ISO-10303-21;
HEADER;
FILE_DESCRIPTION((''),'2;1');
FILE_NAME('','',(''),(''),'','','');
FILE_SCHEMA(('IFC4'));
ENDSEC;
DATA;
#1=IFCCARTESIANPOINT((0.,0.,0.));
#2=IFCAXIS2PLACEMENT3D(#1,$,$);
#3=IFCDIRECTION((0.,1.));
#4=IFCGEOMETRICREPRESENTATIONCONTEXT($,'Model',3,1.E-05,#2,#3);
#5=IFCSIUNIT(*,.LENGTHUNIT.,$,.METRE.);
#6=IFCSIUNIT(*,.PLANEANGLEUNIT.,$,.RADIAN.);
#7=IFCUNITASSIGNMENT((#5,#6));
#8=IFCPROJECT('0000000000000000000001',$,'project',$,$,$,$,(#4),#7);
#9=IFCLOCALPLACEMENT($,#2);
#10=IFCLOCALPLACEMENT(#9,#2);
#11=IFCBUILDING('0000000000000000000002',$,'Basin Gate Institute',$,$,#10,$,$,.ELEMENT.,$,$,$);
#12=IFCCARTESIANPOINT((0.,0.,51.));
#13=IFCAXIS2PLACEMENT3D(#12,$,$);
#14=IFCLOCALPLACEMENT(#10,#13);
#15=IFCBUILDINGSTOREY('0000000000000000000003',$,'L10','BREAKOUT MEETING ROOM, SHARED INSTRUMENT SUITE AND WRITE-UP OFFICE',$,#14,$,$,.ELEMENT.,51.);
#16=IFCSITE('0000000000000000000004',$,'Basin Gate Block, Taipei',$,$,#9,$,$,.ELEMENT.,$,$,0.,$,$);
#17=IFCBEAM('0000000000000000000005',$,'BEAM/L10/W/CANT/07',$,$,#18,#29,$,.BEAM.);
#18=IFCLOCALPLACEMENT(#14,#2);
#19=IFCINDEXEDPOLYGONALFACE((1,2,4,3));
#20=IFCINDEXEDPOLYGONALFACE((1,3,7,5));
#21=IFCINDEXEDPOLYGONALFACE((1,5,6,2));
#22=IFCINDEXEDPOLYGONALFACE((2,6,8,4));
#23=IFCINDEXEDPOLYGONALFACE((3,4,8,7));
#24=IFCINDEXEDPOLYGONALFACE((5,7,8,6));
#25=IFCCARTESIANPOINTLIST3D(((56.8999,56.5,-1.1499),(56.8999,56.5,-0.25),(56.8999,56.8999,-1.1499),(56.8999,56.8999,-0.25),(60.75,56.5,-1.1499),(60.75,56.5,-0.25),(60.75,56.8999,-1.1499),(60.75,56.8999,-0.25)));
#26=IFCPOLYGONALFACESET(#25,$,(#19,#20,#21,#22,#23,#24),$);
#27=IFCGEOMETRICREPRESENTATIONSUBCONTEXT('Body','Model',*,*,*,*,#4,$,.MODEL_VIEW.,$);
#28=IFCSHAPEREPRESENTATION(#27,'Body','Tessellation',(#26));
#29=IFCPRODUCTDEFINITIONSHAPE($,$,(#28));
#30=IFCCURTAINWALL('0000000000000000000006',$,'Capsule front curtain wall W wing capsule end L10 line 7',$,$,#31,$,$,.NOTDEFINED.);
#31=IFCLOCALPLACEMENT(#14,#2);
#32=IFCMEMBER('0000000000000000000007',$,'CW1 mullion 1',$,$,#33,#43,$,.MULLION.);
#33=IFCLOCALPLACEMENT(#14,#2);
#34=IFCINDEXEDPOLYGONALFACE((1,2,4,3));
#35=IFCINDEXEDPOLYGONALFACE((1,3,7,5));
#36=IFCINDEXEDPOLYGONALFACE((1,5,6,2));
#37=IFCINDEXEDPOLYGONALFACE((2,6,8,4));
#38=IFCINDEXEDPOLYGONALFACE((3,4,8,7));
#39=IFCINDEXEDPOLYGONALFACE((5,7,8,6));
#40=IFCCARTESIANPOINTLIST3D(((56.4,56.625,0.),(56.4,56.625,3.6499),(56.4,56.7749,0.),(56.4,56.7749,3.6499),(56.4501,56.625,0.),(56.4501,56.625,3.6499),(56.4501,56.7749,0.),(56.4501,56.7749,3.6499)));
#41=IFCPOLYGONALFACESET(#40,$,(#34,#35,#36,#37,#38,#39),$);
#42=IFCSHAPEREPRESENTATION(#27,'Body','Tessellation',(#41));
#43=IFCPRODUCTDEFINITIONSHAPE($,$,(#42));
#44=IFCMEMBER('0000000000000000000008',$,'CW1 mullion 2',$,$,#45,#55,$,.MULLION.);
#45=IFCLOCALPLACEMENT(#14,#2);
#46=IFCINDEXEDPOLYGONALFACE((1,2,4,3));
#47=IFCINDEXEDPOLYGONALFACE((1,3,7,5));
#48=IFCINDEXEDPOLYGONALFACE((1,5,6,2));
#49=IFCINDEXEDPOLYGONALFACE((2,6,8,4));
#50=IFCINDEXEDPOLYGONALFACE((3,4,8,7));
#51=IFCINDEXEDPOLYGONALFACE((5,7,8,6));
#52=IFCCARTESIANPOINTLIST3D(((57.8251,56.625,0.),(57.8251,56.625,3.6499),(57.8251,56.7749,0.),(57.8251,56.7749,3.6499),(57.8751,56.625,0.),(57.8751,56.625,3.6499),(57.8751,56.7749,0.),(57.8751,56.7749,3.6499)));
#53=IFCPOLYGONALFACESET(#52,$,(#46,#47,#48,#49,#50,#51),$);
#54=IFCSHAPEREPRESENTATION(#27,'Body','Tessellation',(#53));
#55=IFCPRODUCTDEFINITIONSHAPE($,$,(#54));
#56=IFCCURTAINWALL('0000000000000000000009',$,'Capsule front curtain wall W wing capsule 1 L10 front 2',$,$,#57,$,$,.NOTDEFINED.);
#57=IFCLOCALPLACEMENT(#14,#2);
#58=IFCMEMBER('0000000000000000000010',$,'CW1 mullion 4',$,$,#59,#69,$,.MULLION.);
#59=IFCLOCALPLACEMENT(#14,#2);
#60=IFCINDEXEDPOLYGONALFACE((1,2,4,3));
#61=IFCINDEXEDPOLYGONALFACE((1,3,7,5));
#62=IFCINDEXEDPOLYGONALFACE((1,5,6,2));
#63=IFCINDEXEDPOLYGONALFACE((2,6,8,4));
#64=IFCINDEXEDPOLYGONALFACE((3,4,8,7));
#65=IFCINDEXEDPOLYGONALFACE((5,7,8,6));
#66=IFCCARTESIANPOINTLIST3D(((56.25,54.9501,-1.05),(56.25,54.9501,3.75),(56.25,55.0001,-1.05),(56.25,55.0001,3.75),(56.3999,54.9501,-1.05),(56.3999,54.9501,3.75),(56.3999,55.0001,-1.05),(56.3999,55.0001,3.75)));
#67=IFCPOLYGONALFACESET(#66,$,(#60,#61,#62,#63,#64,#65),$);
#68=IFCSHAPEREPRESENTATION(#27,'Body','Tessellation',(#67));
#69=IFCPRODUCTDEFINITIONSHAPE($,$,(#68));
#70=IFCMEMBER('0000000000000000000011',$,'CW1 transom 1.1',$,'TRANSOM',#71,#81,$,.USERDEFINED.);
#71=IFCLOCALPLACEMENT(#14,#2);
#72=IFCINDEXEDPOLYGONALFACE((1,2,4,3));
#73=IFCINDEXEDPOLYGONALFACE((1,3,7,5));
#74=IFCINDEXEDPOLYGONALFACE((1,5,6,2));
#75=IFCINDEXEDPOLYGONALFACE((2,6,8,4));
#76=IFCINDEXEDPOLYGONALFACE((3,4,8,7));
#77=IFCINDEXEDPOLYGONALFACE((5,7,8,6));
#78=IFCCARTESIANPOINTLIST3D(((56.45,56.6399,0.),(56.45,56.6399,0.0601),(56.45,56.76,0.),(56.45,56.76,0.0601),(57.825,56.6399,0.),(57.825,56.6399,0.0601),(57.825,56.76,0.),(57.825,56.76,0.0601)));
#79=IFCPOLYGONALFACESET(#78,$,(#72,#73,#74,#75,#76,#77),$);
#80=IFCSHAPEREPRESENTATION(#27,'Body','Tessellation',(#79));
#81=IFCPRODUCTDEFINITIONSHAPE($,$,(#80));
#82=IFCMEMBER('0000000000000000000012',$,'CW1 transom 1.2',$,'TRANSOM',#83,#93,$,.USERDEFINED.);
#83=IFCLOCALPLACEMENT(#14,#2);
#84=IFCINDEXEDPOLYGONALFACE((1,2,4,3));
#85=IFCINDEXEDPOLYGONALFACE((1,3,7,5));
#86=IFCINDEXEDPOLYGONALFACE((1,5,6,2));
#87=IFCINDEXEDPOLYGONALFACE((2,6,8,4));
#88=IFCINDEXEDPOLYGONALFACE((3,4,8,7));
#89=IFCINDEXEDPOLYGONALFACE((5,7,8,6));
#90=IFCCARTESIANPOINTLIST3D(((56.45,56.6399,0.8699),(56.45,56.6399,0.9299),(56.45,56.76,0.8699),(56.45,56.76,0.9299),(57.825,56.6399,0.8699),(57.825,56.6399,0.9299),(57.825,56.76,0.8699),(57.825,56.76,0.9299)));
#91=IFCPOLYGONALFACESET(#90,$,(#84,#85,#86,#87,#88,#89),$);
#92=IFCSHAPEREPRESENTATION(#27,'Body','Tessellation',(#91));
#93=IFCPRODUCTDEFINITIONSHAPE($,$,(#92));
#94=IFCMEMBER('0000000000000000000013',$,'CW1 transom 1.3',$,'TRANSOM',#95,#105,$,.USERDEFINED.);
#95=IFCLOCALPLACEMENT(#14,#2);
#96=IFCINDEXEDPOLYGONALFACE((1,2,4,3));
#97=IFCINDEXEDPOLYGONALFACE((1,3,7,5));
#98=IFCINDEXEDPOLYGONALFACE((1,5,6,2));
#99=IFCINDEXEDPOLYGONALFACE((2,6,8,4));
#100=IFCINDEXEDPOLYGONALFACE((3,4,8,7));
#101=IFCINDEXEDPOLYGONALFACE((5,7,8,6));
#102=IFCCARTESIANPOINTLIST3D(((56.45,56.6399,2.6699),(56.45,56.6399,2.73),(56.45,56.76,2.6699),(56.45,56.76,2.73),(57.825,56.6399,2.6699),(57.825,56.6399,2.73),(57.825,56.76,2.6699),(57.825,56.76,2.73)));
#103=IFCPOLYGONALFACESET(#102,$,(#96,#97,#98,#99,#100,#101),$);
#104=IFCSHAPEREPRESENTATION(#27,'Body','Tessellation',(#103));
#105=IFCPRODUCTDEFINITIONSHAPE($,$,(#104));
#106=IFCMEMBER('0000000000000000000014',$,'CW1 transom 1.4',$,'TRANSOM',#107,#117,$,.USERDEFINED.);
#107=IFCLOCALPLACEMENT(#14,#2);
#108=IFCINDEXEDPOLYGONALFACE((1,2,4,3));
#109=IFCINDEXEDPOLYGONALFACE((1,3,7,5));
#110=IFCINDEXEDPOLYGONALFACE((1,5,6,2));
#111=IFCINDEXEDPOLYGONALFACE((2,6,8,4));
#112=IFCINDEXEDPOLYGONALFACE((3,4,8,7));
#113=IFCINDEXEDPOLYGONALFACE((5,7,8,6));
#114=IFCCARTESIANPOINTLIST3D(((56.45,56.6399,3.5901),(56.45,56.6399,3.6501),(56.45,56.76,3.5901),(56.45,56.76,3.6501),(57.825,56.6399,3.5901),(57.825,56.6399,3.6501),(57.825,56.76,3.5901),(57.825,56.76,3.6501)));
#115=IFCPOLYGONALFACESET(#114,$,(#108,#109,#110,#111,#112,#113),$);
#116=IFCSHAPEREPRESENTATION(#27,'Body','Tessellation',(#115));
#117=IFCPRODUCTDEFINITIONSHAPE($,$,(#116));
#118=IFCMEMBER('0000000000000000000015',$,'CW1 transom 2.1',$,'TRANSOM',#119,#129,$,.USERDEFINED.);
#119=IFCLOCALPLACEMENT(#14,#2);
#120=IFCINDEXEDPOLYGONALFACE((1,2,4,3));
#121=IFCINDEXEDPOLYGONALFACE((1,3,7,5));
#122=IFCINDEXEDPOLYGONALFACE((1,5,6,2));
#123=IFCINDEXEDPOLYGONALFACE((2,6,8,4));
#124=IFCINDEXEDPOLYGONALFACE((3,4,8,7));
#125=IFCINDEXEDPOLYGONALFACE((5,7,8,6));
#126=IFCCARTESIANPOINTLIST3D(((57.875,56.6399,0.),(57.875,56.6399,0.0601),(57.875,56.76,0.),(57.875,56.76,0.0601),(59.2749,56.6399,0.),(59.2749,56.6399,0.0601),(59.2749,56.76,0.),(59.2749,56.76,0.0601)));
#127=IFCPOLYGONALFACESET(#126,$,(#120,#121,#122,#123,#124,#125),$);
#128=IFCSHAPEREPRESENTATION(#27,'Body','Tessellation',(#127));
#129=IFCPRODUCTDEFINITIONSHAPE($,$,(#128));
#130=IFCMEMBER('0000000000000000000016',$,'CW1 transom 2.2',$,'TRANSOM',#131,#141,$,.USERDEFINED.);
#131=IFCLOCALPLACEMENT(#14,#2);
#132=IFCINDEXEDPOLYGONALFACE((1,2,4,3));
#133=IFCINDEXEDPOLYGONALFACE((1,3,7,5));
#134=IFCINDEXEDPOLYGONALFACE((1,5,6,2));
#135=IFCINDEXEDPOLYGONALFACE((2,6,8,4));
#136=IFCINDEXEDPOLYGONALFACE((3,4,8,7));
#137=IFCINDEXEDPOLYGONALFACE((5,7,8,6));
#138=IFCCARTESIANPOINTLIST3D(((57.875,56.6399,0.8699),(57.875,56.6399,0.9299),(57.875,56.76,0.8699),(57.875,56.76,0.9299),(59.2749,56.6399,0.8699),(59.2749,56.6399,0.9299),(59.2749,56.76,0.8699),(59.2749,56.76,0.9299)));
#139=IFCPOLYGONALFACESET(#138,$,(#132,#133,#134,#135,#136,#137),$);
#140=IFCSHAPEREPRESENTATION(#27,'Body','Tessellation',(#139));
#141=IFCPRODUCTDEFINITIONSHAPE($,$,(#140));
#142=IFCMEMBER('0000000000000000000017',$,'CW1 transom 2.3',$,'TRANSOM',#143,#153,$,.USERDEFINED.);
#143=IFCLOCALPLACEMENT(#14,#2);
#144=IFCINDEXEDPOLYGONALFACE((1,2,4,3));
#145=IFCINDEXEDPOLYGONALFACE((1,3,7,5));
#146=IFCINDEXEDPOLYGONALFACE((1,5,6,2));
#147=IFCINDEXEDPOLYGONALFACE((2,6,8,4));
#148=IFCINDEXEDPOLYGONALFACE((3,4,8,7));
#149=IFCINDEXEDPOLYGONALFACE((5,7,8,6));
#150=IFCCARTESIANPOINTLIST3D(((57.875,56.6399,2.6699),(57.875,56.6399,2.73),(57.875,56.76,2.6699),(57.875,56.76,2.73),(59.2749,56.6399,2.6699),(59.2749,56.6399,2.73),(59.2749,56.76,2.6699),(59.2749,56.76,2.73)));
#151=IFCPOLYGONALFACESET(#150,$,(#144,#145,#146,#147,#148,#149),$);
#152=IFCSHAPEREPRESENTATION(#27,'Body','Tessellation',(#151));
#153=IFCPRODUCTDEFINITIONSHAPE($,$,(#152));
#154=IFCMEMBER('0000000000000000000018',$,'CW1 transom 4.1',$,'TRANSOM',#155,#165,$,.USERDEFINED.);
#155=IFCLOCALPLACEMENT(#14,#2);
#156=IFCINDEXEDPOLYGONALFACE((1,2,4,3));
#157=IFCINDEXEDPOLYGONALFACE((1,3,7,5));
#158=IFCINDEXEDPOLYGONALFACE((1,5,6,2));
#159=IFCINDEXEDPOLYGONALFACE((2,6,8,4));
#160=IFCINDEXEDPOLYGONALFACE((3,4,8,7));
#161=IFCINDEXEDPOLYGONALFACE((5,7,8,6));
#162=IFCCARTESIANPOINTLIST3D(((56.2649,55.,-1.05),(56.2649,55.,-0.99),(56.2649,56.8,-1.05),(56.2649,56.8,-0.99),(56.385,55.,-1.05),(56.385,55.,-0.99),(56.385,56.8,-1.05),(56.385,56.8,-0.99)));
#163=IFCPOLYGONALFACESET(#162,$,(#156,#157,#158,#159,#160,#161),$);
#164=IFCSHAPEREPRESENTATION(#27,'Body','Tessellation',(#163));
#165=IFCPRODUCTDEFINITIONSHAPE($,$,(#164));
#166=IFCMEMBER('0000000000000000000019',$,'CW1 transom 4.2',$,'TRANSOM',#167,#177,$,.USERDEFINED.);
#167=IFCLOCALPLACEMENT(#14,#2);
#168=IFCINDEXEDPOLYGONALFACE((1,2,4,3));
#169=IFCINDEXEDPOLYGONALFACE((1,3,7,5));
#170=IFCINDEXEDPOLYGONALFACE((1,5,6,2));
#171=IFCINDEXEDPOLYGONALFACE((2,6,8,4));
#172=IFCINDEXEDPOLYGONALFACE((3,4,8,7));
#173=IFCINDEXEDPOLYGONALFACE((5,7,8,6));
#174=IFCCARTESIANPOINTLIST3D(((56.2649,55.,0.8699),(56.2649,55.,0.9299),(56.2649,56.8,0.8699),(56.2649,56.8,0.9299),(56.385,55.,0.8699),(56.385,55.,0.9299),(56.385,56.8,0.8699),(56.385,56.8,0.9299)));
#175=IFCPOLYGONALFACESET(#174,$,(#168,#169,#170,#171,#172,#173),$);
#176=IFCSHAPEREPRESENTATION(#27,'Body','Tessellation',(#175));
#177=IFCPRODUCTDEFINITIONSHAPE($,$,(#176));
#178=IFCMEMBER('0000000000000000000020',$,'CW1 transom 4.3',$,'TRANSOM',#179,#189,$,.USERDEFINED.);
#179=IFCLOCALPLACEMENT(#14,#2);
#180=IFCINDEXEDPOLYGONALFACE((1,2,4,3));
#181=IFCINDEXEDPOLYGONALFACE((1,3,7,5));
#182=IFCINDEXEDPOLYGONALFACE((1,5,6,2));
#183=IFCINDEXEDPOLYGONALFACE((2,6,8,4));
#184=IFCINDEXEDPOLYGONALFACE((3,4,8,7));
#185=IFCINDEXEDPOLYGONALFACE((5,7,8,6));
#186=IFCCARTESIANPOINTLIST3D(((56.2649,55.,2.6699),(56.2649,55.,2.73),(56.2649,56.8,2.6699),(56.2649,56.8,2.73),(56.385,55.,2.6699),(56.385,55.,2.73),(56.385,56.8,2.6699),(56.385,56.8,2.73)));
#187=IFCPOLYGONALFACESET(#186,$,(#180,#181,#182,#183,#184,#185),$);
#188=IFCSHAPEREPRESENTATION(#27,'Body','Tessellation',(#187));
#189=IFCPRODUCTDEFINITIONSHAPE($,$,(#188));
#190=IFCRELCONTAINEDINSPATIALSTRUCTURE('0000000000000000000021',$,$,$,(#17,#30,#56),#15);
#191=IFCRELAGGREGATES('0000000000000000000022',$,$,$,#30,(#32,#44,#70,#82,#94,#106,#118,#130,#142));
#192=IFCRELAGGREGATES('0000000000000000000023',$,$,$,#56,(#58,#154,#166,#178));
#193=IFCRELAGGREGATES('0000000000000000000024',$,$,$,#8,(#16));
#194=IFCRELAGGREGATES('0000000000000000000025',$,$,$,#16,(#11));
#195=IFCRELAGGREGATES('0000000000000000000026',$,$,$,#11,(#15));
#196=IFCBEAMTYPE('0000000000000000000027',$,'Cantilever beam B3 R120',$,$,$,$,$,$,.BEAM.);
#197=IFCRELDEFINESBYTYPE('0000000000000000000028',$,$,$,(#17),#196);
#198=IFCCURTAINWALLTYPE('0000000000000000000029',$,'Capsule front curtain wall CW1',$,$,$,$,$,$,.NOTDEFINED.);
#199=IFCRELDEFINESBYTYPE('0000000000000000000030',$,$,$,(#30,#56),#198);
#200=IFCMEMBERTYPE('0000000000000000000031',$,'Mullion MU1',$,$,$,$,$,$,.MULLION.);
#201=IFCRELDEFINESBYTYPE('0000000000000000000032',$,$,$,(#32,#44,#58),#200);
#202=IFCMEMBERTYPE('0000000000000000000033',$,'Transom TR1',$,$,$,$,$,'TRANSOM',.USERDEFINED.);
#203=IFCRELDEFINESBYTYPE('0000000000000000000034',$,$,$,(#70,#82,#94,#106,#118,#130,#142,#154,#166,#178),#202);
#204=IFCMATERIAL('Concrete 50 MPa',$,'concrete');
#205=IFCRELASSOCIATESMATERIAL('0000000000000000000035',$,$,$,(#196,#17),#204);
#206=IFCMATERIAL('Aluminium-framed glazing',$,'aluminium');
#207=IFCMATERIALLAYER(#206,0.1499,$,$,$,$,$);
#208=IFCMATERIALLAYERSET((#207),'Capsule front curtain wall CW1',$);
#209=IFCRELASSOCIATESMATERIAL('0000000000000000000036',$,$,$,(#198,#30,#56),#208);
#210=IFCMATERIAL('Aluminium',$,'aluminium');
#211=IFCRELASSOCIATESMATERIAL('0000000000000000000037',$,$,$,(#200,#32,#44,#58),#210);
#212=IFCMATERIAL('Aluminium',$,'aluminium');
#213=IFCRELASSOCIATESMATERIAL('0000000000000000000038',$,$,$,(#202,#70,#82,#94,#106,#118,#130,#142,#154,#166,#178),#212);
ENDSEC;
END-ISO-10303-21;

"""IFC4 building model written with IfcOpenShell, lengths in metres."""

from ifc_helpers import new_model, si_unit, direction, frame, origin, origin_2d, place, context, subcontext, project, spatial, rectangle, extrude, material, layer, layer_set, material_profile, profile_set, type_object, element, aggregate, save


model = new_model("IFC4")

# Units and contexts
model_context = context("Model", 3, precision=1e-05, world=origin(), true_north=direction((0.0, 1.0)))
body_context = subcontext(model_context, "Body", "Model", "MODEL_VIEW")
ifc_project = project(units=[si_unit("LENGTHUNIT", "METRE"), si_unit("PLANEANGLEUNIT", "RADIAN")], contexts=[model_context])

# Site, building, storey
site_placement = place(None, origin())
site = spatial("IfcSite", under=ifc_project, at=site_placement, Name="Basin Gate Block, Taipei", CompositionType="ELEMENT", RefElevation=0.0)
building_placement = place(site_placement, origin())
building = spatial("IfcBuilding", under=site, at=building_placement, Name="Basin Gate Institute", CompositionType="ELEMENT")
storey_placement = place(building_placement, frame((0.0, 0.0, 51.0)))
storey = spatial("IfcBuildingStorey", under=building, at=storey_placement, Name="L10", Description="BREAKOUT MEETING ROOM, SHARED INSTRUMENT SUITE AND WRITE-UP OFFICE", CompositionType="ELEMENT", Elevation=51.0)

# Beam
ifc_material_1 = material(Name="Concrete 50 MPa", Category="concrete")
ifc_material_profile_1 = material_profile(ifc_material_1, rectangle(XDim=0.3999, YDim=0.8999, at=origin_2d()), Name="Cantilever beam B3 400 x 900")
ifc_profile_set_1 = profile_set([ifc_material_profile_1], Name="Concrete 50 MPa")
beam_type = type_object("IfcBeamType", Name="Cantilever beam B3 R120", PredefinedType="BEAM", material=ifc_profile_set_1)
beam_placement = place(storey_placement, frame((56.8999, 56.7, -0.7), z_axis=(1.0, 0.0, 0.0), x_axis=(0.0, 1.0, 0.0)))
element("IfcBeam", 1, at=beam_placement, inside=storey, type_object=beam_type, material=ifc_profile_set_1, Name="BEAM/L10/W/CANT/07", PredefinedType="BEAM", context=body_context, shape_type="SweptSolid", body=[
    extrude(rectangle(XDim=0.3999, YDim=0.8999, at=origin_2d()), origin(), (0.0, 0.0, 1.0), 3.8501),
])

# Curtain wall, members
ifc_material_2 = material(Name="Aluminium-framed glazing", Category="aluminium")
ifc_layer_1 = layer(ifc_material_2, 0.1499)
ifc_layer_set_1 = layer_set([ifc_layer_1], Name="Capsule front curtain wall CW1")
curtain_wall_type = type_object("IfcCurtainWallType", Name="Capsule front curtain wall CW1", PredefinedType="NOTDEFINED", material=ifc_layer_set_1)
curtain_wall_1_placement = place(storey_placement, origin())
curtain_wall_1 = element("IfcCurtainWall", 2, at=curtain_wall_1_placement, inside=storey, type_object=curtain_wall_type, material=ifc_layer_set_1, Name="Capsule front curtain wall W wing capsule end L10 line 7", PredefinedType="NOTDEFINED")
ifc_material_3 = material(Name="Aluminium", Category="aluminium")
ifc_material_profile_2 = material_profile(ifc_material_3, rectangle(XDim=0.1499, YDim=0.05, at=origin_2d()), Name="Mullion MU1 150 x 50")
ifc_profile_set_2 = profile_set([ifc_material_profile_2], Name="Aluminium")
member_type_1 = type_object("IfcMemberType", Name="Mullion MU1", PredefinedType="MULLION", material=ifc_profile_set_2)
member_1_placement = place(storey_placement, frame((56.425, 56.7, 0.0), z_axis=(0.0, 0.0, 1.0), x_axis=(0.0, 1.0, 0.0)))
member_1 = element("IfcMember", 3, at=member_1_placement, type_object=member_type_1, material=ifc_profile_set_2, Name="CW1 mullion 1", PredefinedType="MULLION", context=body_context, shape_type="SweptSolid", body=[
    extrude(rectangle(XDim=0.1499, YDim=0.05, at=origin_2d()), origin(), (0.0, 0.0, 1.0), 3.6499),
])
member_2_placement = place(storey_placement, frame((57.8501, 56.7, 0.0), z_axis=(0.0, 0.0, 1.0), x_axis=(0.0, 1.0, 0.0)))
member_2 = element("IfcMember", 4, at=member_2_placement, type_object=member_type_1, material=ifc_profile_set_2, Name="CW1 mullion 2", PredefinedType="MULLION", context=body_context, shape_type="SweptSolid", body=[
    extrude(rectangle(XDim=0.1499, YDim=0.05, at=origin_2d()), origin(), (0.0, 0.0, 1.0), 3.6499),
])

# Curtain wall, member
curtain_wall_2_placement = place(storey_placement, origin())
curtain_wall_2 = element("IfcCurtainWall", 5, at=curtain_wall_2_placement, inside=storey, type_object=curtain_wall_type, material=ifc_layer_set_1, Name="Capsule front curtain wall W wing capsule 1 L10 front 2", PredefinedType="NOTDEFINED")
member_3_placement = place(storey_placement, frame((56.325, 54.9751, -1.05), z_axis=(0.0, 0.0, 1.0), x_axis=(-1.0, 0.0, 0.0)))
member_3 = element("IfcMember", 6, at=member_3_placement, type_object=member_type_1, material=ifc_profile_set_2, Name="CW1 mullion 4", PredefinedType="MULLION", context=body_context, shape_type="SweptSolid", body=[
    extrude(rectangle(XDim=0.1499, YDim=0.05, at=origin_2d()), origin(), (0.0, 0.0, 1.0), 4.8),
])

# Members
ifc_material_4 = material(Name="Aluminium", Category="aluminium")
ifc_material_profile_3 = material_profile(ifc_material_4, rectangle(XDim=0.1201, YDim=0.0601, at=origin_2d()), Name="Transom TR1 120 x 60")
ifc_profile_set_3 = profile_set([ifc_material_profile_3], Name="Aluminium")
member_type_2 = type_object("IfcMemberType", Name="Transom TR1", ElementType="TRANSOM", PredefinedType="USERDEFINED", material=ifc_profile_set_3)
member_4_placement = place(storey_placement, frame((56.45, 56.7, 0.03), z_axis=(1.0, 0.0, 0.0), x_axis=(0.0, 1.0, 0.0)))
member_4 = element("IfcMember", 7, at=member_4_placement, type_object=member_type_2, material=ifc_profile_set_3, Name="CW1 transom 1.1", ObjectType="TRANSOM", PredefinedType="USERDEFINED", context=body_context, shape_type="SweptSolid", body=[
    extrude(rectangle(XDim=0.1201, YDim=0.0601, at=origin_2d()), origin(), (0.0, 0.0, 1.0), 1.375),
])
member_5_placement = place(storey_placement, frame((56.45, 56.7, 0.8999), z_axis=(1.0, 0.0, 0.0), x_axis=(0.0, 1.0, 0.0)))
member_5 = element("IfcMember", 8, at=member_5_placement, type_object=member_type_2, material=ifc_profile_set_3, Name="CW1 transom 1.2", ObjectType="TRANSOM", PredefinedType="USERDEFINED", context=body_context, shape_type="SweptSolid", body=[
    extrude(rectangle(XDim=0.1201, YDim=0.0601, at=origin_2d()), origin(), (0.0, 0.0, 1.0), 1.375),
])
member_6_placement = place(storey_placement, frame((56.45, 56.7, 2.7), z_axis=(1.0, 0.0, 0.0), x_axis=(0.0, 1.0, 0.0)))
member_6 = element("IfcMember", 9, at=member_6_placement, type_object=member_type_2, material=ifc_profile_set_3, Name="CW1 transom 1.3", ObjectType="TRANSOM", PredefinedType="USERDEFINED", context=body_context, shape_type="SweptSolid", body=[
    extrude(rectangle(XDim=0.1201, YDim=0.0601, at=origin_2d()), origin(), (0.0, 0.0, 1.0), 1.375),
])
member_7_placement = place(storey_placement, frame((56.45, 56.7, 3.6201), z_axis=(1.0, 0.0, 0.0), x_axis=(0.0, 1.0, 0.0)))
member_7 = element("IfcMember", 10, at=member_7_placement, type_object=member_type_2, material=ifc_profile_set_3, Name="CW1 transom 1.4", ObjectType="TRANSOM", PredefinedType="USERDEFINED", context=body_context, shape_type="SweptSolid", body=[
    extrude(rectangle(XDim=0.1201, YDim=0.0601, at=origin_2d()), origin(), (0.0, 0.0, 1.0), 1.375),
])
member_8_placement = place(storey_placement, frame((57.875, 56.7, 0.03), z_axis=(1.0, 0.0, 0.0), x_axis=(0.0, 1.0, 0.0)))
member_8 = element("IfcMember", 11, at=member_8_placement, type_object=member_type_2, material=ifc_profile_set_3, Name="CW1 transom 2.1", ObjectType="TRANSOM", PredefinedType="USERDEFINED", context=body_context, shape_type="SweptSolid", body=[
    extrude(rectangle(XDim=0.1201, YDim=0.0601, at=origin_2d()), origin(), (0.0, 0.0, 1.0), 1.3999),
])
member_9_placement = place(storey_placement, frame((57.875, 56.7, 0.8999), z_axis=(1.0, 0.0, 0.0), x_axis=(0.0, 1.0, 0.0)))
member_9 = element("IfcMember", 12, at=member_9_placement, type_object=member_type_2, material=ifc_profile_set_3, Name="CW1 transom 2.2", ObjectType="TRANSOM", PredefinedType="USERDEFINED", context=body_context, shape_type="SweptSolid", body=[
    extrude(rectangle(XDim=0.1201, YDim=0.0601, at=origin_2d()), origin(), (0.0, 0.0, 1.0), 1.3999),
])
member_10_placement = place(storey_placement, frame((57.875, 56.7, 2.7), z_axis=(1.0, 0.0, 0.0), x_axis=(0.0, 1.0, 0.0)))
member_10 = element("IfcMember", 13, at=member_10_placement, type_object=member_type_2, material=ifc_profile_set_3, Name="CW1 transom 2.3", ObjectType="TRANSOM", PredefinedType="USERDEFINED", context=body_context, shape_type="SweptSolid", body=[
    extrude(rectangle(XDim=0.1201, YDim=0.0601, at=origin_2d()), origin(), (0.0, 0.0, 1.0), 1.3999),
])
member_11_placement = place(storey_placement, frame((56.325, 55.0, -1.02), z_axis=(0.0, 1.0, 0.0), x_axis=(-1.0, 0.0, 0.0)))
member_11 = element("IfcMember", 14, at=member_11_placement, type_object=member_type_2, material=ifc_profile_set_3, Name="CW1 transom 4.1", ObjectType="TRANSOM", PredefinedType="USERDEFINED", context=body_context, shape_type="SweptSolid", body=[
    extrude(rectangle(XDim=0.1201, YDim=0.0601, at=origin_2d()), origin(), (0.0, 0.0, 1.0), 1.8),
])
member_12_placement = place(storey_placement, frame((56.325, 55.0, 0.8999), z_axis=(0.0, 1.0, 0.0), x_axis=(-1.0, 0.0, 0.0)))
member_12 = element("IfcMember", 15, at=member_12_placement, type_object=member_type_2, material=ifc_profile_set_3, Name="CW1 transom 4.2", ObjectType="TRANSOM", PredefinedType="USERDEFINED", context=body_context, shape_type="SweptSolid", body=[
    extrude(rectangle(XDim=0.1201, YDim=0.0601, at=origin_2d()), origin(), (0.0, 0.0, 1.0), 1.8),
])
member_13_placement = place(storey_placement, frame((56.325, 55.0, 2.7), z_axis=(0.0, 1.0, 0.0), x_axis=(-1.0, 0.0, 0.0)))
member_13 = element("IfcMember", 16, at=member_13_placement, type_object=member_type_2, material=ifc_profile_set_3, Name="CW1 transom 4.3", ObjectType="TRANSOM", PredefinedType="USERDEFINED", context=body_context, shape_type="SweptSolid", body=[
    extrude(rectangle(XDim=0.1201, YDim=0.0601, at=origin_2d()), origin(), (0.0, 0.0, 1.0), 1.8),
])

aggregate(curtain_wall_1, [member_1, member_2, member_4, member_5, member_6, member_7, member_8, member_9, member_10])
aggregate(curtain_wall_2, [member_3, member_11, member_12, member_13])

save(model, "model.ifc")
